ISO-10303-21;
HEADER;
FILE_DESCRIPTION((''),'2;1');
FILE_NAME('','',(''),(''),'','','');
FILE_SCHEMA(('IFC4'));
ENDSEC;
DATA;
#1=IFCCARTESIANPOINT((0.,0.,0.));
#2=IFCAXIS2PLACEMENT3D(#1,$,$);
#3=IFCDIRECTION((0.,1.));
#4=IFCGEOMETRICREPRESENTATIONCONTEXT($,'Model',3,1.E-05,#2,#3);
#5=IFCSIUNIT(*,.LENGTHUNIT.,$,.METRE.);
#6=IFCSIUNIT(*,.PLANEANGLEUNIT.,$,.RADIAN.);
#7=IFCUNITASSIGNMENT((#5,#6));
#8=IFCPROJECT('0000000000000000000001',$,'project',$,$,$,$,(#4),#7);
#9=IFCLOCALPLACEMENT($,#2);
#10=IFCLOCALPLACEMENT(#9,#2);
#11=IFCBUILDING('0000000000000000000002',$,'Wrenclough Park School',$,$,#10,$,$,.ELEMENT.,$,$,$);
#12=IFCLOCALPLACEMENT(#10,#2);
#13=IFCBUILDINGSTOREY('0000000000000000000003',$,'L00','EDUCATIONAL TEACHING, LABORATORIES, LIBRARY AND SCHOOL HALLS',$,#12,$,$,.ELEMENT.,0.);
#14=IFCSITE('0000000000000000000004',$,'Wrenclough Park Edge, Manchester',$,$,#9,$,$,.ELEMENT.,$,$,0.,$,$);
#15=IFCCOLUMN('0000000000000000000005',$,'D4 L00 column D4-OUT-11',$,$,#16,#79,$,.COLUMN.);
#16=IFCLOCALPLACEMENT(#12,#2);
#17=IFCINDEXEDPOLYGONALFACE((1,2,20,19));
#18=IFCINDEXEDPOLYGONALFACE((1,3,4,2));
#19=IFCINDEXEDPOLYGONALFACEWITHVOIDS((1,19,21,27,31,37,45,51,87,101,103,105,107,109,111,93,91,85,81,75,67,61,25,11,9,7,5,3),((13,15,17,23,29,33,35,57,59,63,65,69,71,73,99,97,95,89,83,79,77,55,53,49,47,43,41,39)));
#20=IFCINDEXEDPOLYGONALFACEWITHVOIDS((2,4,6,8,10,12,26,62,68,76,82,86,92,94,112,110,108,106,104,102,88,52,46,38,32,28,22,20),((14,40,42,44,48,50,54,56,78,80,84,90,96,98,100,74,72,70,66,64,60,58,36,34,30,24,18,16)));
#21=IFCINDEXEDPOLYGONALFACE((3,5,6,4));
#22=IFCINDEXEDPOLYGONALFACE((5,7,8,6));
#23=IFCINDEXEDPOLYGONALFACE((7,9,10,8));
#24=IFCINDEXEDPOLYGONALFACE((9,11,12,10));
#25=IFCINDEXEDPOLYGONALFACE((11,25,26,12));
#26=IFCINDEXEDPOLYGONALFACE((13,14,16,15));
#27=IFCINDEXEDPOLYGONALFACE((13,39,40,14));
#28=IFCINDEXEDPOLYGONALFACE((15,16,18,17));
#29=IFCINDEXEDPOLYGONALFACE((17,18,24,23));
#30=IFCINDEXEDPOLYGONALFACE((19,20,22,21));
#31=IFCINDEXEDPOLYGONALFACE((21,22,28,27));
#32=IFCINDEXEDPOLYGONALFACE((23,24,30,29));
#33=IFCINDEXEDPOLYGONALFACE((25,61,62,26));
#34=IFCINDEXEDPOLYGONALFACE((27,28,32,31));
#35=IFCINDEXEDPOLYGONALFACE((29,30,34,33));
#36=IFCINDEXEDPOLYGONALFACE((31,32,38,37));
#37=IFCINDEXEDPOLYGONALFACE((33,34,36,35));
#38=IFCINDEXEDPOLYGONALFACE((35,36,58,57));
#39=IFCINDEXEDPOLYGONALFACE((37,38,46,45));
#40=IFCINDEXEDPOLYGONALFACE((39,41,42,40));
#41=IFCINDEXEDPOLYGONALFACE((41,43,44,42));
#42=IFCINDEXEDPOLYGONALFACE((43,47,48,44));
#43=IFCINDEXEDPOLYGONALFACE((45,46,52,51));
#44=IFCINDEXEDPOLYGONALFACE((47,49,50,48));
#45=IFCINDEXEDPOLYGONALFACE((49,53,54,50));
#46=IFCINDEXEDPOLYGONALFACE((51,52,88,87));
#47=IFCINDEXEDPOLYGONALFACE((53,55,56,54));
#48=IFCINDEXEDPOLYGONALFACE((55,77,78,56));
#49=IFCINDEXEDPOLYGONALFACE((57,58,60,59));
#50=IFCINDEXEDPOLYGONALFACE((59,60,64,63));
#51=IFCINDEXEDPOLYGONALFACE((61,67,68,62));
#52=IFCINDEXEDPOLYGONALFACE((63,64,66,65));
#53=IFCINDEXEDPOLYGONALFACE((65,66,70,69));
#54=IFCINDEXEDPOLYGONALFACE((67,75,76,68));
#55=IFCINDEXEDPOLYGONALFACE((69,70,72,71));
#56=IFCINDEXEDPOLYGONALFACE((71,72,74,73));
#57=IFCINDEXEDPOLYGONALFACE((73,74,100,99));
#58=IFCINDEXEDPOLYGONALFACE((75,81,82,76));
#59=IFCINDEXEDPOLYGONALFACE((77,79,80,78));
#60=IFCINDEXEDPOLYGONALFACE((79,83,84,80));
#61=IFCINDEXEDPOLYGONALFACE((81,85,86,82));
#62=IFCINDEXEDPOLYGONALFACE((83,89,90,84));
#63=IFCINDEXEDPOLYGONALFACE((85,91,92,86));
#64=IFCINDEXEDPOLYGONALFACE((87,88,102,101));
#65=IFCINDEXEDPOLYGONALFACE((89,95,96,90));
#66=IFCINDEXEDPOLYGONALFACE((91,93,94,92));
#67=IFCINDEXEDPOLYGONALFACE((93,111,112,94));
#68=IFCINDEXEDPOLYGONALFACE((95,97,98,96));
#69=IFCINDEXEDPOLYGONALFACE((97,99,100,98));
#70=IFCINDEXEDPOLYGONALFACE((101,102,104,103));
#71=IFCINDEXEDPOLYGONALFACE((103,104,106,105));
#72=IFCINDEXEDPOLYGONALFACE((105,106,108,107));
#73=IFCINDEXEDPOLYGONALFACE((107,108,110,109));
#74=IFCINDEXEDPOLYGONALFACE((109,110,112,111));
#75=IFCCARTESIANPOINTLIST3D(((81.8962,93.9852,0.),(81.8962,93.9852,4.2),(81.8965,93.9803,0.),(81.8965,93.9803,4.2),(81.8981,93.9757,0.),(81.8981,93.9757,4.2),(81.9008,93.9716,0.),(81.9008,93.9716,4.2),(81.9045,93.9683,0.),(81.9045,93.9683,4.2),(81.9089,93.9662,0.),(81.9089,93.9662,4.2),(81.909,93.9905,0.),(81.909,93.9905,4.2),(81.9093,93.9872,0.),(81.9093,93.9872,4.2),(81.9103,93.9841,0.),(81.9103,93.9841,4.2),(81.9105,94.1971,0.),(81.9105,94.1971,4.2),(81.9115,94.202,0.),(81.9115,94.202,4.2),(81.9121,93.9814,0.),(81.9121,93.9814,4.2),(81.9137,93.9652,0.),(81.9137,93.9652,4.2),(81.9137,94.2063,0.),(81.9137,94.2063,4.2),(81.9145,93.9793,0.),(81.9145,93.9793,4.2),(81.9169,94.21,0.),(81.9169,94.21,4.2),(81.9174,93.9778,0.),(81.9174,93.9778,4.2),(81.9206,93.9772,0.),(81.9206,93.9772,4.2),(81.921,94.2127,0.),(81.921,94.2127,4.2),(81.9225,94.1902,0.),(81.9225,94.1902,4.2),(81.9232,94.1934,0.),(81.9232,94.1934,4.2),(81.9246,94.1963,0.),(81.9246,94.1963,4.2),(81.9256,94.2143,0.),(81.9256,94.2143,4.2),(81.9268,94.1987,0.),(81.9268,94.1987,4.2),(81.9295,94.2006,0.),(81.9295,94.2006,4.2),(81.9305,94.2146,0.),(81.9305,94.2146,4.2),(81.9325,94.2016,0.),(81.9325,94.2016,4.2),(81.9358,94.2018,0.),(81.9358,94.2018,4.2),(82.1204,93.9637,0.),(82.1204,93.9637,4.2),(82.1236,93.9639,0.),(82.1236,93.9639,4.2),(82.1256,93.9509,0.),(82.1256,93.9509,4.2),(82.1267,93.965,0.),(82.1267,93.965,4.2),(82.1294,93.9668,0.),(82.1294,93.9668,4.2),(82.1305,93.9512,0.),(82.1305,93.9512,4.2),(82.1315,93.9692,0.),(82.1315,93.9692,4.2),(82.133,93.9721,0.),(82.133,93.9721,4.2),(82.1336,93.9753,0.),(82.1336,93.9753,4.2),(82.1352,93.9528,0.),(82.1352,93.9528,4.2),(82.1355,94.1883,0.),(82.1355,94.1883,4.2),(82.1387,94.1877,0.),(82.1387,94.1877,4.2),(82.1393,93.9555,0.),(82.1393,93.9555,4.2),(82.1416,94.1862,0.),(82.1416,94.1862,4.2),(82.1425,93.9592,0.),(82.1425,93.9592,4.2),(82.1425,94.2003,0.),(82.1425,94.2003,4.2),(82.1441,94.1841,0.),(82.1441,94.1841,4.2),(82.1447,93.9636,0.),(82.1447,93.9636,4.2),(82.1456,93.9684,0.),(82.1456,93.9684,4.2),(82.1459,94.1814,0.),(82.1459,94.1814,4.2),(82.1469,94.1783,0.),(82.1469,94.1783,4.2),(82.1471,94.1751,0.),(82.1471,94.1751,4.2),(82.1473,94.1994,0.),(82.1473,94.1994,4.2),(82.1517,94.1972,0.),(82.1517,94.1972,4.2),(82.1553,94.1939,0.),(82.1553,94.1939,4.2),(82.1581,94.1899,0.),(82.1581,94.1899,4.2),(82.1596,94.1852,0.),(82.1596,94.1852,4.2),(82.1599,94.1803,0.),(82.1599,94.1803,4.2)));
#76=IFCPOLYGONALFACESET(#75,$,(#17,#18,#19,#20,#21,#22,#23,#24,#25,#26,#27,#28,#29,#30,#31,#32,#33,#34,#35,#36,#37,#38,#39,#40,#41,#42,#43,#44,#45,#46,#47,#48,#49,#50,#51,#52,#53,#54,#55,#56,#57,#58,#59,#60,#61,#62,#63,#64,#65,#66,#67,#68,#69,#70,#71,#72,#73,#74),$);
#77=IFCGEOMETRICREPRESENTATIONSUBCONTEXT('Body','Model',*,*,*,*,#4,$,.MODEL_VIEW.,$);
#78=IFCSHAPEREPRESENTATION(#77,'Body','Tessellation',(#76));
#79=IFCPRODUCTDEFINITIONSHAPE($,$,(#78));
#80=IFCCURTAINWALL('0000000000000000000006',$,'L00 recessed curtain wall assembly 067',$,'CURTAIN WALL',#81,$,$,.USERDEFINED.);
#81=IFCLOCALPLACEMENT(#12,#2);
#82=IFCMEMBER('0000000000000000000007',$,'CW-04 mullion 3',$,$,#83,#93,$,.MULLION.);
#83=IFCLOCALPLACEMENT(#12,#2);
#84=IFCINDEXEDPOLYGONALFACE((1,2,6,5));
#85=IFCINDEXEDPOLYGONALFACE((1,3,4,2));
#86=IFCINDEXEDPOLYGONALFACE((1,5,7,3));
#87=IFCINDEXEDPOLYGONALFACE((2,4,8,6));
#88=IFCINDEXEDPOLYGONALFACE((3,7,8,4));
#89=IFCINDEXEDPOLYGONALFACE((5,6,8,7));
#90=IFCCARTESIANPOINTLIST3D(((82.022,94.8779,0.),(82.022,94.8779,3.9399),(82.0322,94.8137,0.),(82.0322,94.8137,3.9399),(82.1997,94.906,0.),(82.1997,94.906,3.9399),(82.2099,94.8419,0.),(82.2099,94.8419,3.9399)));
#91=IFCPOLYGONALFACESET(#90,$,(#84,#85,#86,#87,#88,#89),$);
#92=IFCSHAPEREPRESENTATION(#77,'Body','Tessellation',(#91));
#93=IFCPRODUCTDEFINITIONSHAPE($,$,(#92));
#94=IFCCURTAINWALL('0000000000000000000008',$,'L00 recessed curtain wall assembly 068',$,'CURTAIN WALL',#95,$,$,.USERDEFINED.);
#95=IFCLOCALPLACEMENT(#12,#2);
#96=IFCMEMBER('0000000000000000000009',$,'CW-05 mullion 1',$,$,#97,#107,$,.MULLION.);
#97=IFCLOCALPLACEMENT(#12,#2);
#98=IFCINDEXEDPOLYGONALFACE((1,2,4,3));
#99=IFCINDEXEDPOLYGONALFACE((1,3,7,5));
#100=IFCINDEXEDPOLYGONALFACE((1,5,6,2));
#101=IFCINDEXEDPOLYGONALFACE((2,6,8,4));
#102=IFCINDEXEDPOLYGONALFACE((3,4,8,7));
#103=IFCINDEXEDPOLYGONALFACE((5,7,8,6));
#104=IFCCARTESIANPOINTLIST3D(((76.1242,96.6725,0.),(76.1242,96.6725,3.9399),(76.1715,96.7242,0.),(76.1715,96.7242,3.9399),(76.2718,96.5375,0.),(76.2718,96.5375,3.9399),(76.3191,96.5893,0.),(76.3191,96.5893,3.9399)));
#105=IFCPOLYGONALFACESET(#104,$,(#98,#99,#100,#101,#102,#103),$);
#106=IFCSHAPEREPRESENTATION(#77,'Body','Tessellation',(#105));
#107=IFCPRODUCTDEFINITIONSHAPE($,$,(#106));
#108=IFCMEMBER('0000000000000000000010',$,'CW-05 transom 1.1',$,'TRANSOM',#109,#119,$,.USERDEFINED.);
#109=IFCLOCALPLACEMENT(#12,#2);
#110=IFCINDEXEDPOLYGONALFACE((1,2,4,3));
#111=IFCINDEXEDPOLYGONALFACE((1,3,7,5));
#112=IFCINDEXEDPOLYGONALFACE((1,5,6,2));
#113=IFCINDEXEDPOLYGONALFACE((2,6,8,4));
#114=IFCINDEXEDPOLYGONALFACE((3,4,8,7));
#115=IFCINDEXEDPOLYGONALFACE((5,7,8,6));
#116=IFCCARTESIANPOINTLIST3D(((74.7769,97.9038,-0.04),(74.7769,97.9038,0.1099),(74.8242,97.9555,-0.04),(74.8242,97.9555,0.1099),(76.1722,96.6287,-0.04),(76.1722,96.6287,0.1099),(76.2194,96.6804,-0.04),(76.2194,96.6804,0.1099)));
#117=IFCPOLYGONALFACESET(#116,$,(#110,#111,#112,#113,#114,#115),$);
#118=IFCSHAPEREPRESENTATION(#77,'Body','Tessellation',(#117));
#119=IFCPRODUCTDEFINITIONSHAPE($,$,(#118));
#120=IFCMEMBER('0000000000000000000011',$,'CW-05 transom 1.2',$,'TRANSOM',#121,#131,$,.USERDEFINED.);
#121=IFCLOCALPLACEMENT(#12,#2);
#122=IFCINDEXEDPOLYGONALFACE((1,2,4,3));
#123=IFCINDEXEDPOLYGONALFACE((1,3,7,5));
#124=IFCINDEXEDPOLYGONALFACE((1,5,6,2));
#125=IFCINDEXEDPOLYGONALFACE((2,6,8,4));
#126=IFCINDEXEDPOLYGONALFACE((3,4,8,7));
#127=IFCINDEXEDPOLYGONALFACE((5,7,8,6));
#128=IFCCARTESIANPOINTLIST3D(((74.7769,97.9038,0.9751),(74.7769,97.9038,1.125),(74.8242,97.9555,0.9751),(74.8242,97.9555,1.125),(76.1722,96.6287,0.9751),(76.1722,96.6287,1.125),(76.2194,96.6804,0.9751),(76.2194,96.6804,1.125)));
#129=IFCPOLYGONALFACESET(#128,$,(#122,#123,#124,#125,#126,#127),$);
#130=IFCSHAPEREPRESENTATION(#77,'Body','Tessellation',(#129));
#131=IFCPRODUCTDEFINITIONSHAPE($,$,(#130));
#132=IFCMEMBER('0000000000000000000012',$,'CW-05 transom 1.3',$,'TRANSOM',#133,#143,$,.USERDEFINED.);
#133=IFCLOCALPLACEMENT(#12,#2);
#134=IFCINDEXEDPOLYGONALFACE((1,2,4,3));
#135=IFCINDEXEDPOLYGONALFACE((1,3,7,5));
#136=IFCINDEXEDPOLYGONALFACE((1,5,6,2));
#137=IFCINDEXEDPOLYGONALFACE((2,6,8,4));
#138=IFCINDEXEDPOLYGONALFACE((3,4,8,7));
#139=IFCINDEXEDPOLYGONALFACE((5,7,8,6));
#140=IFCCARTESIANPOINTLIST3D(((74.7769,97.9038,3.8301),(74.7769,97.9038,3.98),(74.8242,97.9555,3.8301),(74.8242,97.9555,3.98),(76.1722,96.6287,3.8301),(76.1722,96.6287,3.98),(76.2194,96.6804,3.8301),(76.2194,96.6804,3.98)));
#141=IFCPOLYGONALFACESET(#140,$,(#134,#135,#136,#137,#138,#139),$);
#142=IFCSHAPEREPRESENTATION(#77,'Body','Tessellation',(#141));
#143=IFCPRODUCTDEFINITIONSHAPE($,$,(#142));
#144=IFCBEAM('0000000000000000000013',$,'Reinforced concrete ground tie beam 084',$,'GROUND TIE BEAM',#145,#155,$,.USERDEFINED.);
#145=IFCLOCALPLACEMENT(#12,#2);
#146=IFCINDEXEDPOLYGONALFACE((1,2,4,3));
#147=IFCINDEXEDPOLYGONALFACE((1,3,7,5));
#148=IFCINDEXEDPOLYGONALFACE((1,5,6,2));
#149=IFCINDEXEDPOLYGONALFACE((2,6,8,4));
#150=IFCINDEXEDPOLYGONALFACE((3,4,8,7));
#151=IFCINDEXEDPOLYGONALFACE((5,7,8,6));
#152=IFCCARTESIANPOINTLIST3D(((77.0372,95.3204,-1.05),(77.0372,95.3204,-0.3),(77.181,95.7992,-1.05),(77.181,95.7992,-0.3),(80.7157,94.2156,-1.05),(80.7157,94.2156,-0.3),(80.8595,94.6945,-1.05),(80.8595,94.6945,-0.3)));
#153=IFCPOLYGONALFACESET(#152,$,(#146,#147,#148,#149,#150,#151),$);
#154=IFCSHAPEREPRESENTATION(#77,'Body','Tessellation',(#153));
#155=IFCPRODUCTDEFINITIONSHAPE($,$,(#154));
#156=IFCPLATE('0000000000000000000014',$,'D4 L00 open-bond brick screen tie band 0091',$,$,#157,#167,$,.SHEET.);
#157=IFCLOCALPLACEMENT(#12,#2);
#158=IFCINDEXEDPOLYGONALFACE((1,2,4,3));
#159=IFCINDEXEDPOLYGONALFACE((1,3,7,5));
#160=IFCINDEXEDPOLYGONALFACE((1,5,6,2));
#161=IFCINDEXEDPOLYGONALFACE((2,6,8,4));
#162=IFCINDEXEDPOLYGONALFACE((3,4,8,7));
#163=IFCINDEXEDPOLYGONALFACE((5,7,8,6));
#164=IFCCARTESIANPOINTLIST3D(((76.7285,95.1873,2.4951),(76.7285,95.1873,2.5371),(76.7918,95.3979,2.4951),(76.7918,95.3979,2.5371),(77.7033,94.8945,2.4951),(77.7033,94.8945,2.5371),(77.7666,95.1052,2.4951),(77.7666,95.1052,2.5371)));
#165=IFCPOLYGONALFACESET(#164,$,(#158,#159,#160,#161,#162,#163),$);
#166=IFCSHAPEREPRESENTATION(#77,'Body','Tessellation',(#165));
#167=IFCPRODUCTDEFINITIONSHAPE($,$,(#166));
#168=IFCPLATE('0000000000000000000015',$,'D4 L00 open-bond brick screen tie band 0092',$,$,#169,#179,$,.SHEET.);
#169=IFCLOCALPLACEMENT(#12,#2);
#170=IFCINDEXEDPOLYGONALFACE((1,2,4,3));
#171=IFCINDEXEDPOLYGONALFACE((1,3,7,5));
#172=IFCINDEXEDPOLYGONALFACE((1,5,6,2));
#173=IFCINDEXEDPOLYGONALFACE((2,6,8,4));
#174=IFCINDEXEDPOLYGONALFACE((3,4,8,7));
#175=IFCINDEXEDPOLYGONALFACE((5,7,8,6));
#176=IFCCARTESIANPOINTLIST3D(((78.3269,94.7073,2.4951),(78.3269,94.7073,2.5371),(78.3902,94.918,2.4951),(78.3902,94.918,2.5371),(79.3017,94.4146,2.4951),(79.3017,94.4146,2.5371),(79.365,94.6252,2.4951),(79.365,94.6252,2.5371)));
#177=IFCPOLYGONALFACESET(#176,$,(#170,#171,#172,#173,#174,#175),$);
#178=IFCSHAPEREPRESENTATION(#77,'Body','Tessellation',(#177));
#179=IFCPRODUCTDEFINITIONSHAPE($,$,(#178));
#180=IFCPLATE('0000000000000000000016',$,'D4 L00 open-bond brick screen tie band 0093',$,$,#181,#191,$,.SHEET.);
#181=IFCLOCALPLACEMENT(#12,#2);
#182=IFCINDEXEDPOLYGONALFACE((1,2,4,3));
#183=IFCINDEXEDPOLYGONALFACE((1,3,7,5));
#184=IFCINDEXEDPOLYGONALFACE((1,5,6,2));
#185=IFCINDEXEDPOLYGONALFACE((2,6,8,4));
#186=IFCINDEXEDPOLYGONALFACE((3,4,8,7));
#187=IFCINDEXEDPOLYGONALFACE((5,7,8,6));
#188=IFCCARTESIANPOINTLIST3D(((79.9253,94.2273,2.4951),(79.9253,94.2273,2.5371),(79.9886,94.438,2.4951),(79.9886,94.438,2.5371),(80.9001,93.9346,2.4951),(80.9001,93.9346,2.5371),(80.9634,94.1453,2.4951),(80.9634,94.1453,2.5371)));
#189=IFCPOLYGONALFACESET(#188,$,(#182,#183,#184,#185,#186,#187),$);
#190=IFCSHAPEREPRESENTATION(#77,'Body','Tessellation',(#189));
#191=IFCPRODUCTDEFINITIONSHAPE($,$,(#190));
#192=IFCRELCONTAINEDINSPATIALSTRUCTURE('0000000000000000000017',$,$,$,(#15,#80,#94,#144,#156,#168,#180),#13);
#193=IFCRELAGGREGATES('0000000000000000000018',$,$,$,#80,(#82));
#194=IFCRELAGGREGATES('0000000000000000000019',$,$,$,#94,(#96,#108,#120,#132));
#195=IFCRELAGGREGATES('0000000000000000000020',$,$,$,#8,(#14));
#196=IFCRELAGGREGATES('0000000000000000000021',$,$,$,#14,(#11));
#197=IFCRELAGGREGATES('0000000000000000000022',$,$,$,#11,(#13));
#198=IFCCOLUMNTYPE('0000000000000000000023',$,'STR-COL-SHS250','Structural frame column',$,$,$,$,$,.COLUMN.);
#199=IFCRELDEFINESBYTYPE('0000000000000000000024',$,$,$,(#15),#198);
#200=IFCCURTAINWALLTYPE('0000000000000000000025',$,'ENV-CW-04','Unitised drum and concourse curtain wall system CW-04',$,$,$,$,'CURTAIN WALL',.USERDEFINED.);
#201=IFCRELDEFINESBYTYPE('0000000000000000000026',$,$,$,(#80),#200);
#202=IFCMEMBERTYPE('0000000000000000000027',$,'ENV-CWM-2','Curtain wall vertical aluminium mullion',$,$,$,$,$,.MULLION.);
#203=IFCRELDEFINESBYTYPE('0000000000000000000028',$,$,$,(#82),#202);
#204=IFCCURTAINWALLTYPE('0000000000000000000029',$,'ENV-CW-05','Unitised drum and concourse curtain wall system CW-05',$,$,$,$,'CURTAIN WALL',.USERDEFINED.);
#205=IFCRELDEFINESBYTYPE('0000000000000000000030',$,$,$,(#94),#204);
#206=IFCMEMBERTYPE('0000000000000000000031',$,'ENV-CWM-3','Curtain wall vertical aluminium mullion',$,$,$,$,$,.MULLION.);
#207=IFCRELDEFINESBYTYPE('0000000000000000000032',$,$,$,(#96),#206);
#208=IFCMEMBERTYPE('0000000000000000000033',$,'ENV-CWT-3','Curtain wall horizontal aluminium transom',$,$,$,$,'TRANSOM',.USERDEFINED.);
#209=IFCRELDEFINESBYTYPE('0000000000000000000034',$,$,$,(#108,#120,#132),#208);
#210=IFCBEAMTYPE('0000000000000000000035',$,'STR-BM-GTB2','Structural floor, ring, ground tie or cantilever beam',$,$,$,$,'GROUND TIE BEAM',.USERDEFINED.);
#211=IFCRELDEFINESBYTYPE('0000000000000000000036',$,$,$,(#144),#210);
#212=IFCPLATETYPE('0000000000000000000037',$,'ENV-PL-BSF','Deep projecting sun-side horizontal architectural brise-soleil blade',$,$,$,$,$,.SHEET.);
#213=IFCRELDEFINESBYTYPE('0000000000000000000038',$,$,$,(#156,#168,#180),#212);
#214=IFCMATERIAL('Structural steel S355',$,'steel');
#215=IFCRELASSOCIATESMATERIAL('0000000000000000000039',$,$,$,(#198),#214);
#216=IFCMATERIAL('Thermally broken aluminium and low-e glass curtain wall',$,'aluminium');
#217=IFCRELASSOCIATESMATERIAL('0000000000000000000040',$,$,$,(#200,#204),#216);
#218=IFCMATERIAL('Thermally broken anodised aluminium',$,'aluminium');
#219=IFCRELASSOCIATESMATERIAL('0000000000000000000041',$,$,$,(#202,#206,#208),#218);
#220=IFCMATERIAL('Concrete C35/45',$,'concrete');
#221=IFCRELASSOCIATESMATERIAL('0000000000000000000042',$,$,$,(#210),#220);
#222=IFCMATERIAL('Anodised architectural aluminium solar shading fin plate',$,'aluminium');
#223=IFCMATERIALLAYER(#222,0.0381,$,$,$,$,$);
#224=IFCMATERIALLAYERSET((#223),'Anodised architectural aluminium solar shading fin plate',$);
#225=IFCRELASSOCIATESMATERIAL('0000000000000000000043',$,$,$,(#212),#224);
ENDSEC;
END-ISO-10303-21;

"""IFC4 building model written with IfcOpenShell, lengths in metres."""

from ifc_helpers import new_model, si_unit, direction, frame, origin, origin_2d, place, context, subcontext, project, spatial, rectangle, hollow_rectangle, extrude, material, layer, layer_set, material_profile, profile_set, type_object, element, aggregate, save


model = new_model("IFC4")

# Units and contexts
model_context = context("Model", 3, precision=1e-05, world=origin(), true_north=direction((0.0, 1.0)))
body_context = subcontext(model_context, "Body", "Model", "MODEL_VIEW")
ifc_project = project(units=[si_unit("LENGTHUNIT", "METRE"), si_unit("PLANEANGLEUNIT", "RADIAN")], contexts=[model_context])

# Site, building, storey
site_placement = place(None, origin())
site = spatial("IfcSite", under=ifc_project, at=site_placement, Name="Wrenclough Park Edge, Manchester", CompositionType="ELEMENT", RefElevation=0.0)
building_placement = place(site_placement, origin())
building = spatial("IfcBuilding", under=site, at=building_placement, Name="Wrenclough Park School", CompositionType="ELEMENT")
storey_placement = place(building_placement, origin())
storey = spatial("IfcBuildingStorey", under=building, at=storey_placement, Name="L00", Description="EDUCATIONAL TEACHING, LABORATORIES, LIBRARY AND SCHOOL HALLS", CompositionType="ELEMENT", Elevation=0.0)

# Shared definitions
ifc_material_1 = material(Name="Concrete C35/45", Category="concrete")

# Column
ifc_material_2 = material(Name="Structural steel S355", Category="steel")
ifc_material_profile_1 = material_profile(ifc_material_2, hollow_rectangle(XDim=0.25, YDim=0.25, WallThickness=0.0125, InnerFilletRadius=0.0125, OuterFilletRadius=0.0188, at=origin_2d()), Name="SHS 250x250x12.5")
ifc_profile_set_1 = profile_set([ifc_material_profile_1], Name="Structural steel S355")
column_type = type_object("IfcColumnType", Name="STR-COL-SHS250", Description="Structural frame column", PredefinedType="COLUMN", material=ifc_profile_set_1)
for number, where, z_axis, x_axis, name in (
    (1, (82.0281, 94.0828, 0.0), (0.0, 0.0, 1.0), (0.997732, -0.067319, 0.0), "D4 L00 column D4-OUT-11"),
):
    element("IfcColumn", number, at=place(storey_placement, frame(where, z_axis=z_axis, x_axis=x_axis)), inside=storey, type_object=column_type, Name=name, PredefinedType="COLUMN", context=body_context, shape_type="SweptSolid", body=[
        extrude(hollow_rectangle(XDim=0.25, YDim=0.25, WallThickness=0.0125, InnerFilletRadius=0.0125, OuterFilletRadius=0.0188, at=origin_2d()), origin(), (0.0, 0.0, 1.0), 4.2),
    ])

# Curtain wall, member
ifc_material_3 = material(Name="Thermally broken aluminium and low-e glass curtain wall", Category="aluminium")
curtain_wall_type_1 = type_object("IfcCurtainWallType", Name="ENV-CW-04", Description="Unitised drum and concourse curtain wall system CW-04", ElementType="CURTAIN WALL", PredefinedType="USERDEFINED", material=ifc_material_3)
curtain_wall_1_placement = place(storey_placement, origin())
curtain_wall_1 = element("IfcCurtainWall", 2, at=curtain_wall_1_placement, inside=storey, type_object=curtain_wall_type_1, Name="L00 recessed curtain wall assembly 067", ObjectType="CURTAIN WALL", PredefinedType="USERDEFINED")
ifc_material_4 = material(Name="Thermally broken anodised aluminium", Category="aluminium")
ifc_material_profile_2 = material_profile(ifc_material_4, rectangle(XDim=0.0649, YDim=0.1799, at=origin_2d()), Name="AL MULLION 65x180")
ifc_profile_set_2 = profile_set([ifc_material_profile_2], Name="Thermally broken anodised aluminium")
member_type_1 = type_object("IfcMemberType", Name="ENV-CWM-2", Description="Curtain wall vertical aluminium mullion", PredefinedType="MULLION", material=ifc_profile_set_2)
member_1_placement = place(storey_placement, frame((82.116, 94.8599, 0.0), z_axis=(0.0, 0.0, 1.0), x_axis=(0.156425, -0.98769, 0.0)))
member_1 = element("IfcMember", 3, at=member_1_placement, type_object=member_type_1, Name="CW-04 mullion 3", PredefinedType="MULLION", context=body_context, shape_type="SweptSolid", body=[
    extrude(rectangle(XDim=0.0649, YDim=0.1799, at=origin_2d()), origin(), (0.0, 0.0, 1.0), 3.9399),
])
aggregate(curtain_wall_1, [member_1])

# Curtain wall, members
curtain_wall_type_2 = type_object("IfcCurtainWallType", Name="ENV-CW-05", Description="Unitised drum and concourse curtain wall system CW-05", ElementType="CURTAIN WALL", PredefinedType="USERDEFINED", material=ifc_material_3)
curtain_wall_2_placement = place(storey_placement, origin())
curtain_wall_2 = element("IfcCurtainWall", 4, at=curtain_wall_2_placement, inside=storey, type_object=curtain_wall_type_2, Name="L00 recessed curtain wall assembly 068", ObjectType="CURTAIN WALL", PredefinedType="USERDEFINED")
ifc_material_profile_3 = material_profile(ifc_material_4, rectangle(XDim=0.0701, YDim=0.2, at=origin_2d()), Name="AL MULLION 70x200")
ifc_profile_set_3 = profile_set([ifc_material_profile_3], Name="Thermally broken anodised aluminium")
member_type_2 = type_object("IfcMemberType", Name="ENV-CWM-3", Description="Curtain wall vertical aluminium mullion", PredefinedType="MULLION", material=ifc_profile_set_3)
member_2_placement = place(storey_placement, frame((76.2217, 96.6309, 0.0), z_axis=(0.0, 0.0, 1.0), x_axis=(-0.674669, -0.738121, 0.0)))
member_2 = element("IfcMember", 5, at=member_2_placement, type_object=member_type_2, Name="CW-05 mullion 1", PredefinedType="MULLION", context=body_context, shape_type="SweptSolid", body=[
    extrude(rectangle(XDim=0.0701, YDim=0.2, at=origin_2d()), origin(), (0.0, 0.0, 1.0), 3.9399),
])
ifc_material_profile_4 = material_profile(ifc_material_4, rectangle(XDim=0.0701, YDim=0.1499, at=origin_2d()), Name="AL TRANSOM 70x150")
ifc_profile_set_4 = profile_set([ifc_material_profile_4], Name="Thermally broken anodised aluminium")
member_type_3 = type_object("IfcMemberType", Name="ENV-CWT-3", Description="Curtain wall horizontal aluminium transom", ElementType="TRANSOM", PredefinedType="USERDEFINED", material=ifc_profile_set_4)
member_3_placement = place(storey_placement, frame((76.1958, 96.6545, 0.0349), z_axis=(-0.738167, 0.674618, 0.0), x_axis=(-0.674618, -0.738167, 0.0)))
member_3 = element("IfcMember", 6, at=member_3_placement, type_object=member_type_3, Name="CW-05 transom 1.1", ObjectType="TRANSOM", PredefinedType="USERDEFINED", context=body_context, shape_type="SweptSolid", body=[
    extrude(rectangle(XDim=0.0701, YDim=0.1499, at=origin_2d()), origin(), (0.0, 0.0, 1.0), 1.8901),
])
member_4_placement = place(storey_placement, frame((76.1958, 96.6545, 1.05), z_axis=(-0.738167, 0.674618, 0.0), x_axis=(-0.674618, -0.738167, 0.0)))
member_4 = element("IfcMember", 7, at=member_4_placement, type_object=member_type_3, Name="CW-05 transom 1.2", ObjectType="TRANSOM", PredefinedType="USERDEFINED", context=body_context, shape_type="SweptSolid", body=[
    extrude(rectangle(XDim=0.0701, YDim=0.1499, at=origin_2d()), origin(), (0.0, 0.0, 1.0), 1.8901),
])
member_5_placement = place(storey_placement, frame((76.1958, 96.6545, 3.905), z_axis=(-0.738167, 0.674618, 0.0), x_axis=(-0.674618, -0.738167, 0.0)))
member_5 = element("IfcMember", 8, at=member_5_placement, type_object=member_type_3, Name="CW-05 transom 1.3", ObjectType="TRANSOM", PredefinedType="USERDEFINED", context=body_context, shape_type="SweptSolid", body=[
    extrude(rectangle(XDim=0.0701, YDim=0.1499, at=origin_2d()), origin(), (0.0, 0.0, 1.0), 1.8901),
])
aggregate(curtain_wall_2, [member_2, member_3, member_4, member_5])

# Beam
ifc_material_profile_5 = material_profile(ifc_material_1, rectangle(XDim=0.5, YDim=0.75, at=origin_2d()), Name="RC GROUND 500x750")
ifc_profile_set_5 = profile_set([ifc_material_profile_5], Name="Concrete C35/45")
beam_type = type_object("IfcBeamType", Name="STR-BM-GTB2", Description="Structural floor, ring, ground tie or cantilever beam", ElementType="GROUND TIE BEAM", PredefinedType="USERDEFINED", material=ifc_profile_set_5)
beam_placement = place(storey_placement, frame((77.1091, 95.5598, -0.675), z_axis=(0.957741, -0.287634, 0.0), x_axis=(0.287634, 0.957741, 0.0)))
element("IfcBeam", 9, at=beam_placement, inside=storey, type_object=beam_type, Name="Reinforced concrete ground tie beam 084", ObjectType="GROUND TIE BEAM", PredefinedType="USERDEFINED", context=body_context, shape_type="SweptSolid", body=[
    extrude(rectangle(XDim=0.5, YDim=0.75, at=origin_2d()), origin(), (0.0, 0.0, 1.0), 3.8408),
])

# Plates
ifc_material_5 = material(Name="Anodised architectural aluminium solar shading fin plate", Category="aluminium")
ifc_layer_1 = layer(ifc_material_5, 0.0381)
ifc_layer_set_1 = layer_set([ifc_layer_1], Name="Anodised architectural aluminium solar shading fin plate")
plate_type_1 = type_object("IfcPlateType", Name="ENV-PL-BSF", Description="Deep projecting sun-side horizontal architectural brise-soleil blade", PredefinedType="SHEET", material=ifc_layer_set_1)
for number, where, z_axis, x_axis, name in (
    (10, (77.2476, 95.1462, 2.4951), (0.0, 0.0, 1.0), (0.957751, -0.287598, 0.0), "D4 L00 open-bond brick screen tie band 0091"),
    (11, (78.8459, 94.6663, 2.4951), (0.0, 0.0, 1.0), (0.957751, -0.287598, 0.0), "D4 L00 open-bond brick screen tie band 0092"),
    (12, (80.4443, 94.1863, 2.4951), (0.0, 0.0, 1.0), (0.957751, -0.287598, 0.0), "D4 L00 open-bond brick screen tie band 0093"),
):
    element("IfcPlate", number, at=place(storey_placement, frame(where, z_axis=z_axis, x_axis=x_axis)), inside=storey, type_object=plate_type_1, Name=name, PredefinedType="SHEET", context=body_context, shape_type="SweptSolid", body=[
        extrude(rectangle(XDim=1.0178, YDim=0.22, at=origin_2d()), origin(), (0.0, 0.0, 1.0), 0.042),
    ])

save(model, "model.ifc")
